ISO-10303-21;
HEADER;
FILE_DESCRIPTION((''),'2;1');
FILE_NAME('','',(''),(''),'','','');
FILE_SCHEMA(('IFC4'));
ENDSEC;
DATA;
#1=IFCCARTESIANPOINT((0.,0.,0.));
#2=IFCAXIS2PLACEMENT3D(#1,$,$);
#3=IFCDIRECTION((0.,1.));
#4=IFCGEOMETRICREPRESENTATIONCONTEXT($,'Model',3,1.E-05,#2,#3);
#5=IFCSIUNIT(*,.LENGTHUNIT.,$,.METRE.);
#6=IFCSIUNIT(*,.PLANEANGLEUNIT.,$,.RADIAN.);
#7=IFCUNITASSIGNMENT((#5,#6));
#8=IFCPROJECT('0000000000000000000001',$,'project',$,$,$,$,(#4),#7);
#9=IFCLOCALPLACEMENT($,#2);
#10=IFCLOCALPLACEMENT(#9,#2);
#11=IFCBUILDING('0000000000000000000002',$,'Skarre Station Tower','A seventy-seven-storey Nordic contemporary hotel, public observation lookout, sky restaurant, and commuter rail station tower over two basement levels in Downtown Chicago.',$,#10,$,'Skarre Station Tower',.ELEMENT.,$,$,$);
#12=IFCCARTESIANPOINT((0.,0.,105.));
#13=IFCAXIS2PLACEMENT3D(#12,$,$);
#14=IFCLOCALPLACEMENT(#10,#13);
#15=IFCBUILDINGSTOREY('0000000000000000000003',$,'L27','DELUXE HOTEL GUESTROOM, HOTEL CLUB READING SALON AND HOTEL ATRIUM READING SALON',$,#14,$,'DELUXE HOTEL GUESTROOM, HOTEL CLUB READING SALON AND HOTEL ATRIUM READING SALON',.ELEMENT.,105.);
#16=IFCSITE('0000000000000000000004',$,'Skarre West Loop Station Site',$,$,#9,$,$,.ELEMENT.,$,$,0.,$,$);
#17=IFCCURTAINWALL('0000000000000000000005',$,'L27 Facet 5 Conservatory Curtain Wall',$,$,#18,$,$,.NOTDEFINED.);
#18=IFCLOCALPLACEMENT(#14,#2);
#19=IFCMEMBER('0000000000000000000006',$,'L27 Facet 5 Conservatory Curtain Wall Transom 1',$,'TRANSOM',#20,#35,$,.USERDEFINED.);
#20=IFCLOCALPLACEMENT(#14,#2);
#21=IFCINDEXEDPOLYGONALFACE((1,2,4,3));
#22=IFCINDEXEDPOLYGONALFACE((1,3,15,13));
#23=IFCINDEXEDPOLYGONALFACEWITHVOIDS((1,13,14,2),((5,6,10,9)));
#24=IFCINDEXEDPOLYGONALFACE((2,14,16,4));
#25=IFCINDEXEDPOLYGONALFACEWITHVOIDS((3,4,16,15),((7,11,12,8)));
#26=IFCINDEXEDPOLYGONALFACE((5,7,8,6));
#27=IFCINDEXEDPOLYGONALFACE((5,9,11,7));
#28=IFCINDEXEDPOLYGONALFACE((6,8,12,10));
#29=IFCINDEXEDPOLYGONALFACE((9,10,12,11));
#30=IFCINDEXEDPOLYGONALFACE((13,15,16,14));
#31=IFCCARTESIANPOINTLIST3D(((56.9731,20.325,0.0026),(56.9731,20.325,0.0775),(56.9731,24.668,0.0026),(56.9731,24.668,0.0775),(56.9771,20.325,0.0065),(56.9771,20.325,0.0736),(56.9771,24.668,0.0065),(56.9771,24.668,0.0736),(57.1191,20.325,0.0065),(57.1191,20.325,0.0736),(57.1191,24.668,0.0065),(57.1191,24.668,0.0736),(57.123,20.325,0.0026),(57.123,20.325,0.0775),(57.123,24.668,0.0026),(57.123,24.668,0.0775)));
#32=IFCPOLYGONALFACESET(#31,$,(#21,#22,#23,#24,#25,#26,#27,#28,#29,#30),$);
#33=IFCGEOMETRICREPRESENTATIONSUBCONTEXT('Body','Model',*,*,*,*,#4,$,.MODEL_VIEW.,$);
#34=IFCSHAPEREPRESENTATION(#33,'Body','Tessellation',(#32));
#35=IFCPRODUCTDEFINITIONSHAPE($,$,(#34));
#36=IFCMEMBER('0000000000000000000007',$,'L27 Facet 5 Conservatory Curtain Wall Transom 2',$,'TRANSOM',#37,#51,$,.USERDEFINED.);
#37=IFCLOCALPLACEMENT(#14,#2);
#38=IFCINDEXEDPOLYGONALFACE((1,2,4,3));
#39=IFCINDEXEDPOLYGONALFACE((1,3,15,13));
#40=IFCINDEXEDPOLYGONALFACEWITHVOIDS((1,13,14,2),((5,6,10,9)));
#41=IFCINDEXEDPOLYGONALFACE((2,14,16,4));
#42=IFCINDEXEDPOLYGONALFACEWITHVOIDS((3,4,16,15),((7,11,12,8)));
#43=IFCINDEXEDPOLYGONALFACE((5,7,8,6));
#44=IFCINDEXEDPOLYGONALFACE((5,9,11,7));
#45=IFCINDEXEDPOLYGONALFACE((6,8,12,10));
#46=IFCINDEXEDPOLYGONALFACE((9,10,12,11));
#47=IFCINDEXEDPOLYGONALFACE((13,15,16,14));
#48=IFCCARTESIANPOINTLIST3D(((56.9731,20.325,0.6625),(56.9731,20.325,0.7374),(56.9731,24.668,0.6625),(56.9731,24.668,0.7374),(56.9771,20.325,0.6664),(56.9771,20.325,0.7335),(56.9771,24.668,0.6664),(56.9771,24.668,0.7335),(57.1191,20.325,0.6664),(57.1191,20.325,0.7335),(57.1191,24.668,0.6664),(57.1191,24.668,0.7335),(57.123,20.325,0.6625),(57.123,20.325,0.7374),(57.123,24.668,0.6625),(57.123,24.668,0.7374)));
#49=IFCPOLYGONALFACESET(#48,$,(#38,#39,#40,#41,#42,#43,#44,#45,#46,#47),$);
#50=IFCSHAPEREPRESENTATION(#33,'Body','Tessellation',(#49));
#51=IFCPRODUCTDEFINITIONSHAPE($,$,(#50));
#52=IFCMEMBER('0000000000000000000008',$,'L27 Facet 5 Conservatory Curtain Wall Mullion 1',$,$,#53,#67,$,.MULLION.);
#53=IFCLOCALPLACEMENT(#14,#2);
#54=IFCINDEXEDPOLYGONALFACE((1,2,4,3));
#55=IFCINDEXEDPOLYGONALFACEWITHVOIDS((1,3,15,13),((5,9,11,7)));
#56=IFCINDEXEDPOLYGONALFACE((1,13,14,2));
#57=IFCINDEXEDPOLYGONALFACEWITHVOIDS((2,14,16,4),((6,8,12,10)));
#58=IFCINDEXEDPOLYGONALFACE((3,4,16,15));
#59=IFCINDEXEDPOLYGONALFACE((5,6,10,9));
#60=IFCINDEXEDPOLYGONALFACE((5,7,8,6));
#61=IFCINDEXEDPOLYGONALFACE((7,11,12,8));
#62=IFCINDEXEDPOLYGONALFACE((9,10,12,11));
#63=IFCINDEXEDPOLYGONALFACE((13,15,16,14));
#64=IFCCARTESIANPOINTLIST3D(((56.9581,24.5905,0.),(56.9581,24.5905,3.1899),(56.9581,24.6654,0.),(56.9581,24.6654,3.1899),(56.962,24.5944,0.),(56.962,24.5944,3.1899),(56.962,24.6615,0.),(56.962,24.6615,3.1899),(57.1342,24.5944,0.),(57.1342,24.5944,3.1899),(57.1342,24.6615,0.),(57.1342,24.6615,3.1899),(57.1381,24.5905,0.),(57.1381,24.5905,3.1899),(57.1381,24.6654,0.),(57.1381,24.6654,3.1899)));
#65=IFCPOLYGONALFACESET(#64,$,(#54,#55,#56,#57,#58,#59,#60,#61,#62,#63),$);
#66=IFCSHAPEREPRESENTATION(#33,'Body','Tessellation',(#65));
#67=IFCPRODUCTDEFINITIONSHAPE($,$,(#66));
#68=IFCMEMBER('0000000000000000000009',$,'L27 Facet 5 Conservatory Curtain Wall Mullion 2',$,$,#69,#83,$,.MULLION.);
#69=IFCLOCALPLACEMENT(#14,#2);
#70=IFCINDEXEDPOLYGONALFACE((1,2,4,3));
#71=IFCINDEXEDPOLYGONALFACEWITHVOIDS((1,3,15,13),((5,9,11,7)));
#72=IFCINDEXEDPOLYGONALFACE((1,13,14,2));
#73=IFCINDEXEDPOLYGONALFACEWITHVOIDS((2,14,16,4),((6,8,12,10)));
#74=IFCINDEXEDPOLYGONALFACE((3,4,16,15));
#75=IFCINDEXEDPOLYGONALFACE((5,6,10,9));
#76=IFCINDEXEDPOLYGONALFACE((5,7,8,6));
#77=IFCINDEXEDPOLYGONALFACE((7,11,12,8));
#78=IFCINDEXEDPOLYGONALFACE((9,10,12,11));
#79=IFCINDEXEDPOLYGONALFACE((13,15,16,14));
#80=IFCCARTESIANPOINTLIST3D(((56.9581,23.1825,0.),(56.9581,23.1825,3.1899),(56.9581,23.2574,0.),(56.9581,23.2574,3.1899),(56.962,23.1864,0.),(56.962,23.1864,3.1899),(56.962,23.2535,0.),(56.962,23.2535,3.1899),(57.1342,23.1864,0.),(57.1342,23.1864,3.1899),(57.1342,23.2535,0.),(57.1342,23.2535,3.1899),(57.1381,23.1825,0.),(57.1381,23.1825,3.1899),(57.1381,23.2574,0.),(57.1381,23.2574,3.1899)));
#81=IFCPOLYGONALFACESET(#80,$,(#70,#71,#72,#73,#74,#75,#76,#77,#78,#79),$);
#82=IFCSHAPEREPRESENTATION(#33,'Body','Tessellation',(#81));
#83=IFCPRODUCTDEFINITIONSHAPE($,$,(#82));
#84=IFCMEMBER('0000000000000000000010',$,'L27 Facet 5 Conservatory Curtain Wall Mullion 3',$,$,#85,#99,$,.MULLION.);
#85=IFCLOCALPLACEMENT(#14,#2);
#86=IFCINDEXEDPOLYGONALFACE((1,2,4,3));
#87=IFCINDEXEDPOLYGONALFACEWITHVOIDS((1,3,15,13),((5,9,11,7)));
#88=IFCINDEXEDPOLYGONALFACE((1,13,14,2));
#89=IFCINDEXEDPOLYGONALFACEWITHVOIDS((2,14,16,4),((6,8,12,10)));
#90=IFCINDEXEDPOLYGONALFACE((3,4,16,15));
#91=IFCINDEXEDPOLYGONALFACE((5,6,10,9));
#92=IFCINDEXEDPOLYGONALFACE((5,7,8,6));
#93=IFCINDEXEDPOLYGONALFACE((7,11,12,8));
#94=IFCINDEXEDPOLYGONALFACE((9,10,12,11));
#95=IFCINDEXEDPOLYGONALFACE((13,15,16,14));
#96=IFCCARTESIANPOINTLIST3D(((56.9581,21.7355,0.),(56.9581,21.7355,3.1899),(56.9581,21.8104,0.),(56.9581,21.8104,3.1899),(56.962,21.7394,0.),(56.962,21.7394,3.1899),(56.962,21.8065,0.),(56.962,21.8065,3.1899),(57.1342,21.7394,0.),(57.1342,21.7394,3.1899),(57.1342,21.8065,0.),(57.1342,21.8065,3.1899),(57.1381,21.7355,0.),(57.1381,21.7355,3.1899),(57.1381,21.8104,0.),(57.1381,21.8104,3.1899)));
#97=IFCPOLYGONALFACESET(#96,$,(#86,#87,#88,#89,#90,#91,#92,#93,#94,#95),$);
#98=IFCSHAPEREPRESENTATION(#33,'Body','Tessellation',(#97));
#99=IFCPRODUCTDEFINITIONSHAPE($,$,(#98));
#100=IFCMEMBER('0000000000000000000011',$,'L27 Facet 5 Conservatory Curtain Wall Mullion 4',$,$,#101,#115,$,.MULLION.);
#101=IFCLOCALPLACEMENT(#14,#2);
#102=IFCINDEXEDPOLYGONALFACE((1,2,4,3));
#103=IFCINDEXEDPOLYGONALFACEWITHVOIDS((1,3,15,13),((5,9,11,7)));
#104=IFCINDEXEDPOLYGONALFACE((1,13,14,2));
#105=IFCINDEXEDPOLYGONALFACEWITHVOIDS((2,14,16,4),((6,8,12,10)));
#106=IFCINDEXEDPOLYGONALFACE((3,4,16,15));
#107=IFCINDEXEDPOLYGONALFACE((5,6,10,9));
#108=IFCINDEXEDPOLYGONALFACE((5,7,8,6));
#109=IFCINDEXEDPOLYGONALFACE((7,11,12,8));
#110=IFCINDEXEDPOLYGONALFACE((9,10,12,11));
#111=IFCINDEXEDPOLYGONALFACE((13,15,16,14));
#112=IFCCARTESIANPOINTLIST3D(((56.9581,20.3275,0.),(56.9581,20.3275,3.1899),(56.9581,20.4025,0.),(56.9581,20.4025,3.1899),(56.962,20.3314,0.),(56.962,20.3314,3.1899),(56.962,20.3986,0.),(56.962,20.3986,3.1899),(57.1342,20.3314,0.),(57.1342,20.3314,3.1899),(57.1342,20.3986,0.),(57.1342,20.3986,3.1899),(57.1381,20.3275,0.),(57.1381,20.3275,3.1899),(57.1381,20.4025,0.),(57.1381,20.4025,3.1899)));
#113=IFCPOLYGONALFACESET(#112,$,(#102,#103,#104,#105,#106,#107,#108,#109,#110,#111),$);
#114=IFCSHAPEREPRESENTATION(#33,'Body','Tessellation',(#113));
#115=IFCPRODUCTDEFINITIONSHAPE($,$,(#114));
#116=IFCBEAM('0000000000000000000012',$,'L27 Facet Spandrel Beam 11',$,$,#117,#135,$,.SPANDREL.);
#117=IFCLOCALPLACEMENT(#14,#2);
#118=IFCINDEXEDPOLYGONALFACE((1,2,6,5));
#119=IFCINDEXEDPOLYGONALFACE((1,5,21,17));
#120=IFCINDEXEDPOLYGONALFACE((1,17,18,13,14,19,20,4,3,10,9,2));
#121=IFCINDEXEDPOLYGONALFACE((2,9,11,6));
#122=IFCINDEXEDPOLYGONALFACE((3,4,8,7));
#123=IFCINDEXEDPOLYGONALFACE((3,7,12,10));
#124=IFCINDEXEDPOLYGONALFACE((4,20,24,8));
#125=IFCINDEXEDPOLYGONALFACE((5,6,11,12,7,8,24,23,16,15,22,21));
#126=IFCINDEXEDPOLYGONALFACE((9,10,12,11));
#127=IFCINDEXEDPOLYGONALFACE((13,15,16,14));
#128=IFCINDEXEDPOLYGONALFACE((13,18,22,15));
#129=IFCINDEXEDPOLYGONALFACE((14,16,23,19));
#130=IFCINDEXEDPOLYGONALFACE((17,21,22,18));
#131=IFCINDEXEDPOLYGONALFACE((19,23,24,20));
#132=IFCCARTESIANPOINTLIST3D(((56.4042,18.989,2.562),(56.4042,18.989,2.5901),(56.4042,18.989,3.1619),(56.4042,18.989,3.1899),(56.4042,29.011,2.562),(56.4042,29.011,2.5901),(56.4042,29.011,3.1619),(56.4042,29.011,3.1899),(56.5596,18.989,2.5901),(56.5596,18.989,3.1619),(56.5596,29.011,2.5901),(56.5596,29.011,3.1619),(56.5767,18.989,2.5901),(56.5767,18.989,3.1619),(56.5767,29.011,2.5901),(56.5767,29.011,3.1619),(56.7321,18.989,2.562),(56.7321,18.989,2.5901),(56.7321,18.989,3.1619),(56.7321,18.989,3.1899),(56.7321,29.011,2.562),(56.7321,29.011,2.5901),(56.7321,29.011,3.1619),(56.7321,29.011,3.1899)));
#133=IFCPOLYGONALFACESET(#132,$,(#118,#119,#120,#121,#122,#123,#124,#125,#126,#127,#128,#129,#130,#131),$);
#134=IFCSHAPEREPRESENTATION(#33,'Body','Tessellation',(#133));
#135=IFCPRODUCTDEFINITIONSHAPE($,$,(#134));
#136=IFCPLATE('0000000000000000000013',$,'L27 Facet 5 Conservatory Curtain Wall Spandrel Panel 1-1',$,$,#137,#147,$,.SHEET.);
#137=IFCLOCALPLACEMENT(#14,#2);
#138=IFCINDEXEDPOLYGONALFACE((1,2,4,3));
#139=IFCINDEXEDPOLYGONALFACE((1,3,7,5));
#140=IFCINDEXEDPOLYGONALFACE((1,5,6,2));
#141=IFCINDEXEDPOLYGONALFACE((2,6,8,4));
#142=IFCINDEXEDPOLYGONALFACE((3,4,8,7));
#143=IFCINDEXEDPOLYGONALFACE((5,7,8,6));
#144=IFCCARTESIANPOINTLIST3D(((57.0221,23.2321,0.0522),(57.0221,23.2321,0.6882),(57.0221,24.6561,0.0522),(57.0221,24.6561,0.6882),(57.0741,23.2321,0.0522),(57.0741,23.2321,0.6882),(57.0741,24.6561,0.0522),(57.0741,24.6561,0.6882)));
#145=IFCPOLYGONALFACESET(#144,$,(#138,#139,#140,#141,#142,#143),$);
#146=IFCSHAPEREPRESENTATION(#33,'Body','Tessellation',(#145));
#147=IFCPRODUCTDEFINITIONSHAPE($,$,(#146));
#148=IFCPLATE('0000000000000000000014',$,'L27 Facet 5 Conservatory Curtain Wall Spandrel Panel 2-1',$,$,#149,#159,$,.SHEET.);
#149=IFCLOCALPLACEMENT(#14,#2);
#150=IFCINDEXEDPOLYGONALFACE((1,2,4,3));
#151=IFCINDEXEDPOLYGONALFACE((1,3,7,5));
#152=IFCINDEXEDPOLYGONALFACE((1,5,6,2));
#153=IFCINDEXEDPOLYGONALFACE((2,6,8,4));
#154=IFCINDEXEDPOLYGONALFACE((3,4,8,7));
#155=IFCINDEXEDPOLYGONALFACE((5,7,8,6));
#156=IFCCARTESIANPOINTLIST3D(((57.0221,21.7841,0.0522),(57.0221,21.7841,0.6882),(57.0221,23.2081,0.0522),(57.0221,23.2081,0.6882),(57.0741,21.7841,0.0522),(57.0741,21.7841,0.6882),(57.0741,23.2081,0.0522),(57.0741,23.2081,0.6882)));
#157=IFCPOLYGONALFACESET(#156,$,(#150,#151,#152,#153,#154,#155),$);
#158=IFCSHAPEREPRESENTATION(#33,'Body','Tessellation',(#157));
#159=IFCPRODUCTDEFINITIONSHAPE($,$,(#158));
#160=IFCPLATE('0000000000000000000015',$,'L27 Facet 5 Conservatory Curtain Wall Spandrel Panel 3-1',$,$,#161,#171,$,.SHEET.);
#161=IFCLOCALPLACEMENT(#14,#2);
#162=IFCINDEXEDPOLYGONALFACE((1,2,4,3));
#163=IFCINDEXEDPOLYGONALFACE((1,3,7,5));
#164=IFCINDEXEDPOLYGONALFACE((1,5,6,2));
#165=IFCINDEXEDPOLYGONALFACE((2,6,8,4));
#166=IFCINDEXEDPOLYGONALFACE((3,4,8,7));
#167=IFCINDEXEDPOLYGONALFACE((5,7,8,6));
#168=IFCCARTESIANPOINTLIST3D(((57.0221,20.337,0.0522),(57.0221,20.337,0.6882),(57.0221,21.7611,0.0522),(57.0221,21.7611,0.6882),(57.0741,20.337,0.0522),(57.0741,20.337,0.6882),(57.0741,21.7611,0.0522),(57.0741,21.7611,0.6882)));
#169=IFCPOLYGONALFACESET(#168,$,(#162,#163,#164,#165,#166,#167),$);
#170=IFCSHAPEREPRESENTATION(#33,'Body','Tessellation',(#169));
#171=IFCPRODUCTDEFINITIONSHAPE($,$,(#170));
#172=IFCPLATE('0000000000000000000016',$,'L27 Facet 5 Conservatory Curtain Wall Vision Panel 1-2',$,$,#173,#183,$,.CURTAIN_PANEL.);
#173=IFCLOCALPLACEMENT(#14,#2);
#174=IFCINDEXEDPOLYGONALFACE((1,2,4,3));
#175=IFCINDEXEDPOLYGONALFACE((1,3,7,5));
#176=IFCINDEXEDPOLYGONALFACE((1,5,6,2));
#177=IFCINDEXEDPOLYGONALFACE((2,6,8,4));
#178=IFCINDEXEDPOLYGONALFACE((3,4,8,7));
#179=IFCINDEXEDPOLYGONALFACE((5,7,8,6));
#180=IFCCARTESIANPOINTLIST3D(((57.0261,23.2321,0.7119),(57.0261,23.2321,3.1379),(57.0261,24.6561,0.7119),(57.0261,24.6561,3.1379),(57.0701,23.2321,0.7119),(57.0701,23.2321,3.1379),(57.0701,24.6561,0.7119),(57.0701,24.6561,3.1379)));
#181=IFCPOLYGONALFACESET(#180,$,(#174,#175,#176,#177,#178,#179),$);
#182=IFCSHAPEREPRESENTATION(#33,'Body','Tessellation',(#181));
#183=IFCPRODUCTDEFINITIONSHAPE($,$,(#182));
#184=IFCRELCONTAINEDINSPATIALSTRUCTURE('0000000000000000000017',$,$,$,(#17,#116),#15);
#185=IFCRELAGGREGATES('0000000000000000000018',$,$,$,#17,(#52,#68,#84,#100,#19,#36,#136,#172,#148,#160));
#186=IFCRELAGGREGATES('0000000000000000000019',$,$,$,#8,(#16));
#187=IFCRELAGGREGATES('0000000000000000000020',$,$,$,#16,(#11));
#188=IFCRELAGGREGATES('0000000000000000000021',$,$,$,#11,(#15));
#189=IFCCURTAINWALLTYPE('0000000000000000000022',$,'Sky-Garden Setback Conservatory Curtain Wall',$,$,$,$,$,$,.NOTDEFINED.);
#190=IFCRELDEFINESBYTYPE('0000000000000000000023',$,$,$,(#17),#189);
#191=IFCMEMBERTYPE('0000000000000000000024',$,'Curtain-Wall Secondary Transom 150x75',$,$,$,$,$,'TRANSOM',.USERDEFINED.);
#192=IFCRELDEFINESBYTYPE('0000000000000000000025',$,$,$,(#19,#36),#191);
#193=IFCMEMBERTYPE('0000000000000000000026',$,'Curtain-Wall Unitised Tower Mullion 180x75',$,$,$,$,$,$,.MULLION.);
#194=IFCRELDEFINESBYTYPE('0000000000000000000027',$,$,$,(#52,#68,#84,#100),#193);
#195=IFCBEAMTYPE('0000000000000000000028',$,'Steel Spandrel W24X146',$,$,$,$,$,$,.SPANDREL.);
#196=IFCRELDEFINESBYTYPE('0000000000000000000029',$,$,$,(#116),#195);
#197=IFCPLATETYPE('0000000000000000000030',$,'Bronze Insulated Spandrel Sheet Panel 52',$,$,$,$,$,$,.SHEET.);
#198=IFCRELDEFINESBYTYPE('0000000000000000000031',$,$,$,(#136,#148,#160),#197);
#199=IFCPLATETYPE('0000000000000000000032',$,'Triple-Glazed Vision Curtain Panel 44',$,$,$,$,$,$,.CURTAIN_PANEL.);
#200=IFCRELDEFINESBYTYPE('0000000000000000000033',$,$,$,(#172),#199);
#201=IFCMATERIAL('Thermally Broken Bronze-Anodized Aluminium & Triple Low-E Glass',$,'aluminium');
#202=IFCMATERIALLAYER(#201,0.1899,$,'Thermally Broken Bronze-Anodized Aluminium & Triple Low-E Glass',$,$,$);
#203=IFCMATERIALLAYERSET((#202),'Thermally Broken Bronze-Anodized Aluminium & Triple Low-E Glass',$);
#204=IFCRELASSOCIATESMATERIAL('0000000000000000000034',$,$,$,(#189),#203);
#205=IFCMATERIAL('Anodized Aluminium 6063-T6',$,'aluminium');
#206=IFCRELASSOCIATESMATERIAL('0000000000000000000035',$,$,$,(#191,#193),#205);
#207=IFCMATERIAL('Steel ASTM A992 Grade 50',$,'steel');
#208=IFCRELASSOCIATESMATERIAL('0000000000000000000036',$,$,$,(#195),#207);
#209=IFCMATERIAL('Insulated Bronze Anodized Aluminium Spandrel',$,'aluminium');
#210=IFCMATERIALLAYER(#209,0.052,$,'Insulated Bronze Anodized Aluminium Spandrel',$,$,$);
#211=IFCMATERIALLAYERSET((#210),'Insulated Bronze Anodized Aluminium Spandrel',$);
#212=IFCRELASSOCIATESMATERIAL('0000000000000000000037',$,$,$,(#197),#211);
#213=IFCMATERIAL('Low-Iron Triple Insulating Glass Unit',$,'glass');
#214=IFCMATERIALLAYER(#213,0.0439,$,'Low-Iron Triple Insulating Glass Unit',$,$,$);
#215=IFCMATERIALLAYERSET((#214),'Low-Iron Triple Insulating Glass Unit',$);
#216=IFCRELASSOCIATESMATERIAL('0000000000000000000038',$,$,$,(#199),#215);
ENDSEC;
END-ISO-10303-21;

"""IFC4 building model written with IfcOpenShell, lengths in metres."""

from ifc_helpers import new_model, si_unit, direction, frame, origin, origin_2d, place, context, subcontext, project, spatial, rectangle, hollow_rectangle, i_section, extrude, material, layer, layer_set, material_profile, profile_set, type_object, element, aggregate, save


model = new_model("IFC4")

# Units and contexts
model_context = context("Model", 3, precision=1e-05, world=origin(), true_north=direction((0.0, 1.0)))
body_context = subcontext(model_context, "Body", "Model", "MODEL_VIEW")
ifc_project = project(units=[si_unit("LENGTHUNIT", "METRE"), si_unit("PLANEANGLEUNIT", "RADIAN")], contexts=[model_context])

# Site, building, storey
site_placement = place(None, origin())
site = spatial("IfcSite", under=ifc_project, at=site_placement, Name="Skarre West Loop Station Site", CompositionType="ELEMENT", RefElevation=0.0)
building_placement = place(site_placement, origin())
building = spatial("IfcBuilding", under=site, at=building_placement, Name="Skarre Station Tower", Description="A seventy-seven-storey Nordic contemporary hotel, public observation lookout, sky restaurant, and commuter rail station tower over two basement levels in Downtown Chicago.", LongName="Skarre Station Tower", CompositionType="ELEMENT")
storey_placement = place(building_placement, frame((0.0, 0.0, 105.0)))
storey = spatial("IfcBuildingStorey", under=building, at=storey_placement, Name="L27", Description="DELUXE HOTEL GUESTROOM, HOTEL CLUB READING SALON AND HOTEL ATRIUM READING SALON", LongName="DELUXE HOTEL GUESTROOM, HOTEL CLUB READING SALON AND HOTEL ATRIUM READING SALON", CompositionType="ELEMENT", Elevation=105.0)

# Curtain wall, members
ifc_material_1 = material(Name="Thermally Broken Bronze-Anodized Aluminium & Triple Low-E Glass", Category="aluminium")
ifc_layer_1 = layer(ifc_material_1, 0.1899, Name="Thermally Broken Bronze-Anodized Aluminium & Triple Low-E Glass")
ifc_layer_set_1 = layer_set([ifc_layer_1], Name="Thermally Broken Bronze-Anodized Aluminium & Triple Low-E Glass")
curtain_wall_type = type_object("IfcCurtainWallType", Name="Sky-Garden Setback Conservatory Curtain Wall", PredefinedType="NOTDEFINED", material=ifc_layer_set_1)
curtain_wall_placement = place(storey_placement, origin())
curtain_wall = element("IfcCurtainWall", 1, at=curtain_wall_placement, inside=storey, type_object=curtain_wall_type, Name="L27 Facet 5 Conservatory Curtain Wall", PredefinedType="NOTDEFINED")
ifc_material_2 = material(Name="Anodized Aluminium 6063-T6", Category="aluminium")
ifc_material_profile_1 = material_profile(ifc_material_2, hollow_rectangle(XDim=0.075, YDim=0.1499, WallThickness=0.0039, at=origin_2d()), Name="Anodized Aluminium 6063-T6")
ifc_profile_set_1 = profile_set([ifc_material_profile_1], Name="Anodized Aluminium 6063-T6")
member_type_1 = type_object("IfcMemberType", Name="Curtain-Wall Secondary Transom 150x75", ElementType="TRANSOM", PredefinedType="USERDEFINED", material=ifc_profile_set_1)
member_1_placement = place(storey_placement, frame((57.0481, 24.668, 0.04), z_axis=(0.0, -1.0, 0.0), x_axis=(0.0, 0.0, 1.0)))
member_1 = element("IfcMember", 2, at=member_1_placement, type_object=member_type_1, Name="L27 Facet 5 Conservatory Curtain Wall Transom 1", ObjectType="TRANSOM", PredefinedType="USERDEFINED", context=body_context, shape_type="SweptSolid", body=[
    extrude(hollow_rectangle(XDim=0.075, YDim=0.1499, WallThickness=0.0039, at=origin_2d()), origin(), (0.0, 0.0, 1.0), 4.343),
])
member_2_placement = place(storey_placement, frame((57.0481, 24.668, 0.7), z_axis=(0.0, -1.0, 0.0), x_axis=(0.0, 0.0, 1.0)))
member_2 = element("IfcMember", 3, at=member_2_placement, type_object=member_type_1, Name="L27 Facet 5 Conservatory Curtain Wall Transom 2", ObjectType="TRANSOM", PredefinedType="USERDEFINED", context=body_context, shape_type="SweptSolid", body=[
    extrude(hollow_rectangle(XDim=0.075, YDim=0.1499, WallThickness=0.0039, at=origin_2d()), origin(), (0.0, 0.0, 1.0), 4.343),
])
ifc_material_profile_2 = material_profile(ifc_material_2, hollow_rectangle(XDim=0.075, YDim=0.1799, WallThickness=0.0039, at=origin_2d()), Name="Anodized Aluminium 6063-T6")
ifc_profile_set_2 = profile_set([ifc_material_profile_2], Name="Anodized Aluminium 6063-T6")
member_type_2 = type_object("IfcMemberType", Name="Curtain-Wall Unitised Tower Mullion 180x75", PredefinedType="MULLION", material=ifc_profile_set_2)
member_3_placement = place(storey_placement, frame((57.0481, 24.6279, 0.0), z_axis=(0.0, 0.0, 1.0), x_axis=(0.0, -1.0, 0.0)))
member_3 = element("IfcMember", 4, at=member_3_placement, type_object=member_type_2, Name="L27 Facet 5 Conservatory Curtain Wall Mullion 1", PredefinedType="MULLION", context=body_context, shape_type="SweptSolid", body=[
    extrude(hollow_rectangle(XDim=0.075, YDim=0.1799, WallThickness=0.0039, at=origin_2d()), origin(), (0.0, 0.0, 1.0), 3.1899),
])
member_4_placement = place(storey_placement, frame((57.0481, 23.22, 0.0), z_axis=(0.0, 0.0, 1.0), x_axis=(0.0, -1.0, 0.0)))
member_4 = element("IfcMember", 5, at=member_4_placement, type_object=member_type_2, Name="L27 Facet 5 Conservatory Curtain Wall Mullion 2", PredefinedType="MULLION", context=body_context, shape_type="SweptSolid", body=[
    extrude(hollow_rectangle(XDim=0.075, YDim=0.1799, WallThickness=0.0039, at=origin_2d()), origin(), (0.0, 0.0, 1.0), 3.1899),
])
member_5_placement = place(storey_placement, frame((57.0481, 21.7729, 0.0), z_axis=(0.0, 0.0, 1.0), x_axis=(0.0, -1.0, 0.0)))
member_5 = element("IfcMember", 6, at=member_5_placement, type_object=member_type_2, Name="L27 Facet 5 Conservatory Curtain Wall Mullion 3", PredefinedType="MULLION", context=body_context, shape_type="SweptSolid", body=[
    extrude(hollow_rectangle(XDim=0.075, YDim=0.1799, WallThickness=0.0039, at=origin_2d()), origin(), (0.0, 0.0, 1.0), 3.1899),
])
member_6_placement = place(storey_placement, frame((57.0481, 20.365, 0.0), z_axis=(0.0, 0.0, 1.0), x_axis=(0.0, -1.0, 0.0)))
member_6 = element("IfcMember", 7, at=member_6_placement, type_object=member_type_2, Name="L27 Facet 5 Conservatory Curtain Wall Mullion 4", PredefinedType="MULLION", context=body_context, shape_type="SweptSolid", body=[
    extrude(hollow_rectangle(XDim=0.075, YDim=0.1799, WallThickness=0.0039, at=origin_2d()), origin(), (0.0, 0.0, 1.0), 3.1899),
])

# Beam
ifc_material_3 = material(Name="Steel ASTM A992 Grade 50", Category="steel")
ifc_material_profile_3 = material_profile(ifc_material_3, i_section(OverallWidth=0.3279, OverallDepth=0.6279, WebThickness=0.0171, FlangeThickness=0.0281, at=origin_2d()), Name="Steel ASTM A992 Grade 50")
ifc_profile_set_3 = profile_set([ifc_material_profile_3], Name="Steel ASTM A992 Grade 50")
beam_type = type_object("IfcBeamType", Name="Steel Spandrel W24X146", PredefinedType="SPANDREL", material=ifc_profile_set_3)
beam_placement = place(storey_placement, frame((56.5681, 18.989, 2.876), z_axis=(0.0, 1.0, 0.0), x_axis=(-1.0, 0.0, 0.0)))
element("IfcBeam", 8, at=beam_placement, inside=storey, type_object=beam_type, Name="L27 Facet Spandrel Beam 11", PredefinedType="SPANDREL", context=body_context, shape_type="SweptSolid", body=[
    extrude(i_section(OverallWidth=0.3279, OverallDepth=0.6279, WebThickness=0.0171, FlangeThickness=0.0281, at=origin_2d()), origin(), (0.0, 0.0, 1.0), 10.022),
])

# Plates
ifc_material_4 = material(Name="Insulated Bronze Anodized Aluminium Spandrel", Category="aluminium")
ifc_layer_2 = layer(ifc_material_4, 0.052, Name="Insulated Bronze Anodized Aluminium Spandrel")
ifc_layer_set_2 = layer_set([ifc_layer_2], Name="Insulated Bronze Anodized Aluminium Spandrel")
plate_type_1 = type_object("IfcPlateType", Name="Bronze Insulated Spandrel Sheet Panel 52", PredefinedType="SHEET", material=ifc_layer_set_2)
plate_1_placement = place(storey_placement, frame((57.0481, 23.9441, 0.0522), z_axis=(0.0, 0.0, 1.0), x_axis=(0.0, -1.0, 0.0)))
plate_1 = element("IfcPlate", 9, at=plate_1_placement, type_object=plate_type_1, Name="L27 Facet 5 Conservatory Curtain Wall Spandrel Panel 1-1", PredefinedType="SHEET", context=body_context, shape_type="SweptSolid", body=[
    extrude(rectangle(XDim=1.4241, YDim=0.052, at=origin_2d()), origin(), (0.0, 0.0, 1.0), 0.636),
])
plate_2_placement = place(storey_placement, frame((57.0481, 22.4961, 0.0522), z_axis=(0.0, 0.0, 1.0), x_axis=(0.0, -1.0, 0.0)))
plate_2 = element("IfcPlate", 10, at=plate_2_placement, type_object=plate_type_1, Name="L27 Facet 5 Conservatory Curtain Wall Spandrel Panel 2-1", PredefinedType="SHEET", context=body_context, shape_type="SweptSolid", body=[
    extrude(rectangle(XDim=1.4241, YDim=0.052, at=origin_2d()), origin(), (0.0, 0.0, 1.0), 0.636),
])
plate_3_placement = place(storey_placement, frame((57.0481, 21.0491, 0.0522), z_axis=(0.0, 0.0, 1.0), x_axis=(0.0, -1.0, 0.0)))
plate_3 = element("IfcPlate", 11, at=plate_3_placement, type_object=plate_type_1, Name="L27 Facet 5 Conservatory Curtain Wall Spandrel Panel 3-1", PredefinedType="SHEET", context=body_context, shape_type="SweptSolid", body=[
    extrude(rectangle(XDim=1.4241, YDim=0.052, at=origin_2d()), origin(), (0.0, 0.0, 1.0), 0.636),
])
ifc_material_5 = material(Name="Low-Iron Triple Insulating Glass Unit", Category="glass")
ifc_layer_3 = layer(ifc_material_5, 0.0439, Name="Low-Iron Triple Insulating Glass Unit")
ifc_layer_set_3 = layer_set([ifc_layer_3], Name="Low-Iron Triple Insulating Glass Unit")
plate_type_2 = type_object("IfcPlateType", Name="Triple-Glazed Vision Curtain Panel 44", PredefinedType="CURTAIN_PANEL", material=ifc_layer_set_3)
plate_4_placement = place(storey_placement, frame((57.0481, 23.9441, 0.7119), z_axis=(0.0, 0.0, 1.0), x_axis=(0.0, -1.0, 0.0)))
plate_4 = element("IfcPlate", 12, at=plate_4_placement, type_object=plate_type_2, Name="L27 Facet 5 Conservatory Curtain Wall Vision Panel 1-2", PredefinedType="CURTAIN_PANEL", context=body_context, shape_type="SweptSolid", body=[
    extrude(rectangle(XDim=1.4241, YDim=0.0439, at=origin_2d()), origin(), (0.0, 0.0, 1.0), 2.426),
])
aggregate(curtain_wall, [member_3, member_4, member_5, member_6, member_1, member_2, plate_1, plate_4, plate_2, plate_3])

save(model, "model.ifc")
